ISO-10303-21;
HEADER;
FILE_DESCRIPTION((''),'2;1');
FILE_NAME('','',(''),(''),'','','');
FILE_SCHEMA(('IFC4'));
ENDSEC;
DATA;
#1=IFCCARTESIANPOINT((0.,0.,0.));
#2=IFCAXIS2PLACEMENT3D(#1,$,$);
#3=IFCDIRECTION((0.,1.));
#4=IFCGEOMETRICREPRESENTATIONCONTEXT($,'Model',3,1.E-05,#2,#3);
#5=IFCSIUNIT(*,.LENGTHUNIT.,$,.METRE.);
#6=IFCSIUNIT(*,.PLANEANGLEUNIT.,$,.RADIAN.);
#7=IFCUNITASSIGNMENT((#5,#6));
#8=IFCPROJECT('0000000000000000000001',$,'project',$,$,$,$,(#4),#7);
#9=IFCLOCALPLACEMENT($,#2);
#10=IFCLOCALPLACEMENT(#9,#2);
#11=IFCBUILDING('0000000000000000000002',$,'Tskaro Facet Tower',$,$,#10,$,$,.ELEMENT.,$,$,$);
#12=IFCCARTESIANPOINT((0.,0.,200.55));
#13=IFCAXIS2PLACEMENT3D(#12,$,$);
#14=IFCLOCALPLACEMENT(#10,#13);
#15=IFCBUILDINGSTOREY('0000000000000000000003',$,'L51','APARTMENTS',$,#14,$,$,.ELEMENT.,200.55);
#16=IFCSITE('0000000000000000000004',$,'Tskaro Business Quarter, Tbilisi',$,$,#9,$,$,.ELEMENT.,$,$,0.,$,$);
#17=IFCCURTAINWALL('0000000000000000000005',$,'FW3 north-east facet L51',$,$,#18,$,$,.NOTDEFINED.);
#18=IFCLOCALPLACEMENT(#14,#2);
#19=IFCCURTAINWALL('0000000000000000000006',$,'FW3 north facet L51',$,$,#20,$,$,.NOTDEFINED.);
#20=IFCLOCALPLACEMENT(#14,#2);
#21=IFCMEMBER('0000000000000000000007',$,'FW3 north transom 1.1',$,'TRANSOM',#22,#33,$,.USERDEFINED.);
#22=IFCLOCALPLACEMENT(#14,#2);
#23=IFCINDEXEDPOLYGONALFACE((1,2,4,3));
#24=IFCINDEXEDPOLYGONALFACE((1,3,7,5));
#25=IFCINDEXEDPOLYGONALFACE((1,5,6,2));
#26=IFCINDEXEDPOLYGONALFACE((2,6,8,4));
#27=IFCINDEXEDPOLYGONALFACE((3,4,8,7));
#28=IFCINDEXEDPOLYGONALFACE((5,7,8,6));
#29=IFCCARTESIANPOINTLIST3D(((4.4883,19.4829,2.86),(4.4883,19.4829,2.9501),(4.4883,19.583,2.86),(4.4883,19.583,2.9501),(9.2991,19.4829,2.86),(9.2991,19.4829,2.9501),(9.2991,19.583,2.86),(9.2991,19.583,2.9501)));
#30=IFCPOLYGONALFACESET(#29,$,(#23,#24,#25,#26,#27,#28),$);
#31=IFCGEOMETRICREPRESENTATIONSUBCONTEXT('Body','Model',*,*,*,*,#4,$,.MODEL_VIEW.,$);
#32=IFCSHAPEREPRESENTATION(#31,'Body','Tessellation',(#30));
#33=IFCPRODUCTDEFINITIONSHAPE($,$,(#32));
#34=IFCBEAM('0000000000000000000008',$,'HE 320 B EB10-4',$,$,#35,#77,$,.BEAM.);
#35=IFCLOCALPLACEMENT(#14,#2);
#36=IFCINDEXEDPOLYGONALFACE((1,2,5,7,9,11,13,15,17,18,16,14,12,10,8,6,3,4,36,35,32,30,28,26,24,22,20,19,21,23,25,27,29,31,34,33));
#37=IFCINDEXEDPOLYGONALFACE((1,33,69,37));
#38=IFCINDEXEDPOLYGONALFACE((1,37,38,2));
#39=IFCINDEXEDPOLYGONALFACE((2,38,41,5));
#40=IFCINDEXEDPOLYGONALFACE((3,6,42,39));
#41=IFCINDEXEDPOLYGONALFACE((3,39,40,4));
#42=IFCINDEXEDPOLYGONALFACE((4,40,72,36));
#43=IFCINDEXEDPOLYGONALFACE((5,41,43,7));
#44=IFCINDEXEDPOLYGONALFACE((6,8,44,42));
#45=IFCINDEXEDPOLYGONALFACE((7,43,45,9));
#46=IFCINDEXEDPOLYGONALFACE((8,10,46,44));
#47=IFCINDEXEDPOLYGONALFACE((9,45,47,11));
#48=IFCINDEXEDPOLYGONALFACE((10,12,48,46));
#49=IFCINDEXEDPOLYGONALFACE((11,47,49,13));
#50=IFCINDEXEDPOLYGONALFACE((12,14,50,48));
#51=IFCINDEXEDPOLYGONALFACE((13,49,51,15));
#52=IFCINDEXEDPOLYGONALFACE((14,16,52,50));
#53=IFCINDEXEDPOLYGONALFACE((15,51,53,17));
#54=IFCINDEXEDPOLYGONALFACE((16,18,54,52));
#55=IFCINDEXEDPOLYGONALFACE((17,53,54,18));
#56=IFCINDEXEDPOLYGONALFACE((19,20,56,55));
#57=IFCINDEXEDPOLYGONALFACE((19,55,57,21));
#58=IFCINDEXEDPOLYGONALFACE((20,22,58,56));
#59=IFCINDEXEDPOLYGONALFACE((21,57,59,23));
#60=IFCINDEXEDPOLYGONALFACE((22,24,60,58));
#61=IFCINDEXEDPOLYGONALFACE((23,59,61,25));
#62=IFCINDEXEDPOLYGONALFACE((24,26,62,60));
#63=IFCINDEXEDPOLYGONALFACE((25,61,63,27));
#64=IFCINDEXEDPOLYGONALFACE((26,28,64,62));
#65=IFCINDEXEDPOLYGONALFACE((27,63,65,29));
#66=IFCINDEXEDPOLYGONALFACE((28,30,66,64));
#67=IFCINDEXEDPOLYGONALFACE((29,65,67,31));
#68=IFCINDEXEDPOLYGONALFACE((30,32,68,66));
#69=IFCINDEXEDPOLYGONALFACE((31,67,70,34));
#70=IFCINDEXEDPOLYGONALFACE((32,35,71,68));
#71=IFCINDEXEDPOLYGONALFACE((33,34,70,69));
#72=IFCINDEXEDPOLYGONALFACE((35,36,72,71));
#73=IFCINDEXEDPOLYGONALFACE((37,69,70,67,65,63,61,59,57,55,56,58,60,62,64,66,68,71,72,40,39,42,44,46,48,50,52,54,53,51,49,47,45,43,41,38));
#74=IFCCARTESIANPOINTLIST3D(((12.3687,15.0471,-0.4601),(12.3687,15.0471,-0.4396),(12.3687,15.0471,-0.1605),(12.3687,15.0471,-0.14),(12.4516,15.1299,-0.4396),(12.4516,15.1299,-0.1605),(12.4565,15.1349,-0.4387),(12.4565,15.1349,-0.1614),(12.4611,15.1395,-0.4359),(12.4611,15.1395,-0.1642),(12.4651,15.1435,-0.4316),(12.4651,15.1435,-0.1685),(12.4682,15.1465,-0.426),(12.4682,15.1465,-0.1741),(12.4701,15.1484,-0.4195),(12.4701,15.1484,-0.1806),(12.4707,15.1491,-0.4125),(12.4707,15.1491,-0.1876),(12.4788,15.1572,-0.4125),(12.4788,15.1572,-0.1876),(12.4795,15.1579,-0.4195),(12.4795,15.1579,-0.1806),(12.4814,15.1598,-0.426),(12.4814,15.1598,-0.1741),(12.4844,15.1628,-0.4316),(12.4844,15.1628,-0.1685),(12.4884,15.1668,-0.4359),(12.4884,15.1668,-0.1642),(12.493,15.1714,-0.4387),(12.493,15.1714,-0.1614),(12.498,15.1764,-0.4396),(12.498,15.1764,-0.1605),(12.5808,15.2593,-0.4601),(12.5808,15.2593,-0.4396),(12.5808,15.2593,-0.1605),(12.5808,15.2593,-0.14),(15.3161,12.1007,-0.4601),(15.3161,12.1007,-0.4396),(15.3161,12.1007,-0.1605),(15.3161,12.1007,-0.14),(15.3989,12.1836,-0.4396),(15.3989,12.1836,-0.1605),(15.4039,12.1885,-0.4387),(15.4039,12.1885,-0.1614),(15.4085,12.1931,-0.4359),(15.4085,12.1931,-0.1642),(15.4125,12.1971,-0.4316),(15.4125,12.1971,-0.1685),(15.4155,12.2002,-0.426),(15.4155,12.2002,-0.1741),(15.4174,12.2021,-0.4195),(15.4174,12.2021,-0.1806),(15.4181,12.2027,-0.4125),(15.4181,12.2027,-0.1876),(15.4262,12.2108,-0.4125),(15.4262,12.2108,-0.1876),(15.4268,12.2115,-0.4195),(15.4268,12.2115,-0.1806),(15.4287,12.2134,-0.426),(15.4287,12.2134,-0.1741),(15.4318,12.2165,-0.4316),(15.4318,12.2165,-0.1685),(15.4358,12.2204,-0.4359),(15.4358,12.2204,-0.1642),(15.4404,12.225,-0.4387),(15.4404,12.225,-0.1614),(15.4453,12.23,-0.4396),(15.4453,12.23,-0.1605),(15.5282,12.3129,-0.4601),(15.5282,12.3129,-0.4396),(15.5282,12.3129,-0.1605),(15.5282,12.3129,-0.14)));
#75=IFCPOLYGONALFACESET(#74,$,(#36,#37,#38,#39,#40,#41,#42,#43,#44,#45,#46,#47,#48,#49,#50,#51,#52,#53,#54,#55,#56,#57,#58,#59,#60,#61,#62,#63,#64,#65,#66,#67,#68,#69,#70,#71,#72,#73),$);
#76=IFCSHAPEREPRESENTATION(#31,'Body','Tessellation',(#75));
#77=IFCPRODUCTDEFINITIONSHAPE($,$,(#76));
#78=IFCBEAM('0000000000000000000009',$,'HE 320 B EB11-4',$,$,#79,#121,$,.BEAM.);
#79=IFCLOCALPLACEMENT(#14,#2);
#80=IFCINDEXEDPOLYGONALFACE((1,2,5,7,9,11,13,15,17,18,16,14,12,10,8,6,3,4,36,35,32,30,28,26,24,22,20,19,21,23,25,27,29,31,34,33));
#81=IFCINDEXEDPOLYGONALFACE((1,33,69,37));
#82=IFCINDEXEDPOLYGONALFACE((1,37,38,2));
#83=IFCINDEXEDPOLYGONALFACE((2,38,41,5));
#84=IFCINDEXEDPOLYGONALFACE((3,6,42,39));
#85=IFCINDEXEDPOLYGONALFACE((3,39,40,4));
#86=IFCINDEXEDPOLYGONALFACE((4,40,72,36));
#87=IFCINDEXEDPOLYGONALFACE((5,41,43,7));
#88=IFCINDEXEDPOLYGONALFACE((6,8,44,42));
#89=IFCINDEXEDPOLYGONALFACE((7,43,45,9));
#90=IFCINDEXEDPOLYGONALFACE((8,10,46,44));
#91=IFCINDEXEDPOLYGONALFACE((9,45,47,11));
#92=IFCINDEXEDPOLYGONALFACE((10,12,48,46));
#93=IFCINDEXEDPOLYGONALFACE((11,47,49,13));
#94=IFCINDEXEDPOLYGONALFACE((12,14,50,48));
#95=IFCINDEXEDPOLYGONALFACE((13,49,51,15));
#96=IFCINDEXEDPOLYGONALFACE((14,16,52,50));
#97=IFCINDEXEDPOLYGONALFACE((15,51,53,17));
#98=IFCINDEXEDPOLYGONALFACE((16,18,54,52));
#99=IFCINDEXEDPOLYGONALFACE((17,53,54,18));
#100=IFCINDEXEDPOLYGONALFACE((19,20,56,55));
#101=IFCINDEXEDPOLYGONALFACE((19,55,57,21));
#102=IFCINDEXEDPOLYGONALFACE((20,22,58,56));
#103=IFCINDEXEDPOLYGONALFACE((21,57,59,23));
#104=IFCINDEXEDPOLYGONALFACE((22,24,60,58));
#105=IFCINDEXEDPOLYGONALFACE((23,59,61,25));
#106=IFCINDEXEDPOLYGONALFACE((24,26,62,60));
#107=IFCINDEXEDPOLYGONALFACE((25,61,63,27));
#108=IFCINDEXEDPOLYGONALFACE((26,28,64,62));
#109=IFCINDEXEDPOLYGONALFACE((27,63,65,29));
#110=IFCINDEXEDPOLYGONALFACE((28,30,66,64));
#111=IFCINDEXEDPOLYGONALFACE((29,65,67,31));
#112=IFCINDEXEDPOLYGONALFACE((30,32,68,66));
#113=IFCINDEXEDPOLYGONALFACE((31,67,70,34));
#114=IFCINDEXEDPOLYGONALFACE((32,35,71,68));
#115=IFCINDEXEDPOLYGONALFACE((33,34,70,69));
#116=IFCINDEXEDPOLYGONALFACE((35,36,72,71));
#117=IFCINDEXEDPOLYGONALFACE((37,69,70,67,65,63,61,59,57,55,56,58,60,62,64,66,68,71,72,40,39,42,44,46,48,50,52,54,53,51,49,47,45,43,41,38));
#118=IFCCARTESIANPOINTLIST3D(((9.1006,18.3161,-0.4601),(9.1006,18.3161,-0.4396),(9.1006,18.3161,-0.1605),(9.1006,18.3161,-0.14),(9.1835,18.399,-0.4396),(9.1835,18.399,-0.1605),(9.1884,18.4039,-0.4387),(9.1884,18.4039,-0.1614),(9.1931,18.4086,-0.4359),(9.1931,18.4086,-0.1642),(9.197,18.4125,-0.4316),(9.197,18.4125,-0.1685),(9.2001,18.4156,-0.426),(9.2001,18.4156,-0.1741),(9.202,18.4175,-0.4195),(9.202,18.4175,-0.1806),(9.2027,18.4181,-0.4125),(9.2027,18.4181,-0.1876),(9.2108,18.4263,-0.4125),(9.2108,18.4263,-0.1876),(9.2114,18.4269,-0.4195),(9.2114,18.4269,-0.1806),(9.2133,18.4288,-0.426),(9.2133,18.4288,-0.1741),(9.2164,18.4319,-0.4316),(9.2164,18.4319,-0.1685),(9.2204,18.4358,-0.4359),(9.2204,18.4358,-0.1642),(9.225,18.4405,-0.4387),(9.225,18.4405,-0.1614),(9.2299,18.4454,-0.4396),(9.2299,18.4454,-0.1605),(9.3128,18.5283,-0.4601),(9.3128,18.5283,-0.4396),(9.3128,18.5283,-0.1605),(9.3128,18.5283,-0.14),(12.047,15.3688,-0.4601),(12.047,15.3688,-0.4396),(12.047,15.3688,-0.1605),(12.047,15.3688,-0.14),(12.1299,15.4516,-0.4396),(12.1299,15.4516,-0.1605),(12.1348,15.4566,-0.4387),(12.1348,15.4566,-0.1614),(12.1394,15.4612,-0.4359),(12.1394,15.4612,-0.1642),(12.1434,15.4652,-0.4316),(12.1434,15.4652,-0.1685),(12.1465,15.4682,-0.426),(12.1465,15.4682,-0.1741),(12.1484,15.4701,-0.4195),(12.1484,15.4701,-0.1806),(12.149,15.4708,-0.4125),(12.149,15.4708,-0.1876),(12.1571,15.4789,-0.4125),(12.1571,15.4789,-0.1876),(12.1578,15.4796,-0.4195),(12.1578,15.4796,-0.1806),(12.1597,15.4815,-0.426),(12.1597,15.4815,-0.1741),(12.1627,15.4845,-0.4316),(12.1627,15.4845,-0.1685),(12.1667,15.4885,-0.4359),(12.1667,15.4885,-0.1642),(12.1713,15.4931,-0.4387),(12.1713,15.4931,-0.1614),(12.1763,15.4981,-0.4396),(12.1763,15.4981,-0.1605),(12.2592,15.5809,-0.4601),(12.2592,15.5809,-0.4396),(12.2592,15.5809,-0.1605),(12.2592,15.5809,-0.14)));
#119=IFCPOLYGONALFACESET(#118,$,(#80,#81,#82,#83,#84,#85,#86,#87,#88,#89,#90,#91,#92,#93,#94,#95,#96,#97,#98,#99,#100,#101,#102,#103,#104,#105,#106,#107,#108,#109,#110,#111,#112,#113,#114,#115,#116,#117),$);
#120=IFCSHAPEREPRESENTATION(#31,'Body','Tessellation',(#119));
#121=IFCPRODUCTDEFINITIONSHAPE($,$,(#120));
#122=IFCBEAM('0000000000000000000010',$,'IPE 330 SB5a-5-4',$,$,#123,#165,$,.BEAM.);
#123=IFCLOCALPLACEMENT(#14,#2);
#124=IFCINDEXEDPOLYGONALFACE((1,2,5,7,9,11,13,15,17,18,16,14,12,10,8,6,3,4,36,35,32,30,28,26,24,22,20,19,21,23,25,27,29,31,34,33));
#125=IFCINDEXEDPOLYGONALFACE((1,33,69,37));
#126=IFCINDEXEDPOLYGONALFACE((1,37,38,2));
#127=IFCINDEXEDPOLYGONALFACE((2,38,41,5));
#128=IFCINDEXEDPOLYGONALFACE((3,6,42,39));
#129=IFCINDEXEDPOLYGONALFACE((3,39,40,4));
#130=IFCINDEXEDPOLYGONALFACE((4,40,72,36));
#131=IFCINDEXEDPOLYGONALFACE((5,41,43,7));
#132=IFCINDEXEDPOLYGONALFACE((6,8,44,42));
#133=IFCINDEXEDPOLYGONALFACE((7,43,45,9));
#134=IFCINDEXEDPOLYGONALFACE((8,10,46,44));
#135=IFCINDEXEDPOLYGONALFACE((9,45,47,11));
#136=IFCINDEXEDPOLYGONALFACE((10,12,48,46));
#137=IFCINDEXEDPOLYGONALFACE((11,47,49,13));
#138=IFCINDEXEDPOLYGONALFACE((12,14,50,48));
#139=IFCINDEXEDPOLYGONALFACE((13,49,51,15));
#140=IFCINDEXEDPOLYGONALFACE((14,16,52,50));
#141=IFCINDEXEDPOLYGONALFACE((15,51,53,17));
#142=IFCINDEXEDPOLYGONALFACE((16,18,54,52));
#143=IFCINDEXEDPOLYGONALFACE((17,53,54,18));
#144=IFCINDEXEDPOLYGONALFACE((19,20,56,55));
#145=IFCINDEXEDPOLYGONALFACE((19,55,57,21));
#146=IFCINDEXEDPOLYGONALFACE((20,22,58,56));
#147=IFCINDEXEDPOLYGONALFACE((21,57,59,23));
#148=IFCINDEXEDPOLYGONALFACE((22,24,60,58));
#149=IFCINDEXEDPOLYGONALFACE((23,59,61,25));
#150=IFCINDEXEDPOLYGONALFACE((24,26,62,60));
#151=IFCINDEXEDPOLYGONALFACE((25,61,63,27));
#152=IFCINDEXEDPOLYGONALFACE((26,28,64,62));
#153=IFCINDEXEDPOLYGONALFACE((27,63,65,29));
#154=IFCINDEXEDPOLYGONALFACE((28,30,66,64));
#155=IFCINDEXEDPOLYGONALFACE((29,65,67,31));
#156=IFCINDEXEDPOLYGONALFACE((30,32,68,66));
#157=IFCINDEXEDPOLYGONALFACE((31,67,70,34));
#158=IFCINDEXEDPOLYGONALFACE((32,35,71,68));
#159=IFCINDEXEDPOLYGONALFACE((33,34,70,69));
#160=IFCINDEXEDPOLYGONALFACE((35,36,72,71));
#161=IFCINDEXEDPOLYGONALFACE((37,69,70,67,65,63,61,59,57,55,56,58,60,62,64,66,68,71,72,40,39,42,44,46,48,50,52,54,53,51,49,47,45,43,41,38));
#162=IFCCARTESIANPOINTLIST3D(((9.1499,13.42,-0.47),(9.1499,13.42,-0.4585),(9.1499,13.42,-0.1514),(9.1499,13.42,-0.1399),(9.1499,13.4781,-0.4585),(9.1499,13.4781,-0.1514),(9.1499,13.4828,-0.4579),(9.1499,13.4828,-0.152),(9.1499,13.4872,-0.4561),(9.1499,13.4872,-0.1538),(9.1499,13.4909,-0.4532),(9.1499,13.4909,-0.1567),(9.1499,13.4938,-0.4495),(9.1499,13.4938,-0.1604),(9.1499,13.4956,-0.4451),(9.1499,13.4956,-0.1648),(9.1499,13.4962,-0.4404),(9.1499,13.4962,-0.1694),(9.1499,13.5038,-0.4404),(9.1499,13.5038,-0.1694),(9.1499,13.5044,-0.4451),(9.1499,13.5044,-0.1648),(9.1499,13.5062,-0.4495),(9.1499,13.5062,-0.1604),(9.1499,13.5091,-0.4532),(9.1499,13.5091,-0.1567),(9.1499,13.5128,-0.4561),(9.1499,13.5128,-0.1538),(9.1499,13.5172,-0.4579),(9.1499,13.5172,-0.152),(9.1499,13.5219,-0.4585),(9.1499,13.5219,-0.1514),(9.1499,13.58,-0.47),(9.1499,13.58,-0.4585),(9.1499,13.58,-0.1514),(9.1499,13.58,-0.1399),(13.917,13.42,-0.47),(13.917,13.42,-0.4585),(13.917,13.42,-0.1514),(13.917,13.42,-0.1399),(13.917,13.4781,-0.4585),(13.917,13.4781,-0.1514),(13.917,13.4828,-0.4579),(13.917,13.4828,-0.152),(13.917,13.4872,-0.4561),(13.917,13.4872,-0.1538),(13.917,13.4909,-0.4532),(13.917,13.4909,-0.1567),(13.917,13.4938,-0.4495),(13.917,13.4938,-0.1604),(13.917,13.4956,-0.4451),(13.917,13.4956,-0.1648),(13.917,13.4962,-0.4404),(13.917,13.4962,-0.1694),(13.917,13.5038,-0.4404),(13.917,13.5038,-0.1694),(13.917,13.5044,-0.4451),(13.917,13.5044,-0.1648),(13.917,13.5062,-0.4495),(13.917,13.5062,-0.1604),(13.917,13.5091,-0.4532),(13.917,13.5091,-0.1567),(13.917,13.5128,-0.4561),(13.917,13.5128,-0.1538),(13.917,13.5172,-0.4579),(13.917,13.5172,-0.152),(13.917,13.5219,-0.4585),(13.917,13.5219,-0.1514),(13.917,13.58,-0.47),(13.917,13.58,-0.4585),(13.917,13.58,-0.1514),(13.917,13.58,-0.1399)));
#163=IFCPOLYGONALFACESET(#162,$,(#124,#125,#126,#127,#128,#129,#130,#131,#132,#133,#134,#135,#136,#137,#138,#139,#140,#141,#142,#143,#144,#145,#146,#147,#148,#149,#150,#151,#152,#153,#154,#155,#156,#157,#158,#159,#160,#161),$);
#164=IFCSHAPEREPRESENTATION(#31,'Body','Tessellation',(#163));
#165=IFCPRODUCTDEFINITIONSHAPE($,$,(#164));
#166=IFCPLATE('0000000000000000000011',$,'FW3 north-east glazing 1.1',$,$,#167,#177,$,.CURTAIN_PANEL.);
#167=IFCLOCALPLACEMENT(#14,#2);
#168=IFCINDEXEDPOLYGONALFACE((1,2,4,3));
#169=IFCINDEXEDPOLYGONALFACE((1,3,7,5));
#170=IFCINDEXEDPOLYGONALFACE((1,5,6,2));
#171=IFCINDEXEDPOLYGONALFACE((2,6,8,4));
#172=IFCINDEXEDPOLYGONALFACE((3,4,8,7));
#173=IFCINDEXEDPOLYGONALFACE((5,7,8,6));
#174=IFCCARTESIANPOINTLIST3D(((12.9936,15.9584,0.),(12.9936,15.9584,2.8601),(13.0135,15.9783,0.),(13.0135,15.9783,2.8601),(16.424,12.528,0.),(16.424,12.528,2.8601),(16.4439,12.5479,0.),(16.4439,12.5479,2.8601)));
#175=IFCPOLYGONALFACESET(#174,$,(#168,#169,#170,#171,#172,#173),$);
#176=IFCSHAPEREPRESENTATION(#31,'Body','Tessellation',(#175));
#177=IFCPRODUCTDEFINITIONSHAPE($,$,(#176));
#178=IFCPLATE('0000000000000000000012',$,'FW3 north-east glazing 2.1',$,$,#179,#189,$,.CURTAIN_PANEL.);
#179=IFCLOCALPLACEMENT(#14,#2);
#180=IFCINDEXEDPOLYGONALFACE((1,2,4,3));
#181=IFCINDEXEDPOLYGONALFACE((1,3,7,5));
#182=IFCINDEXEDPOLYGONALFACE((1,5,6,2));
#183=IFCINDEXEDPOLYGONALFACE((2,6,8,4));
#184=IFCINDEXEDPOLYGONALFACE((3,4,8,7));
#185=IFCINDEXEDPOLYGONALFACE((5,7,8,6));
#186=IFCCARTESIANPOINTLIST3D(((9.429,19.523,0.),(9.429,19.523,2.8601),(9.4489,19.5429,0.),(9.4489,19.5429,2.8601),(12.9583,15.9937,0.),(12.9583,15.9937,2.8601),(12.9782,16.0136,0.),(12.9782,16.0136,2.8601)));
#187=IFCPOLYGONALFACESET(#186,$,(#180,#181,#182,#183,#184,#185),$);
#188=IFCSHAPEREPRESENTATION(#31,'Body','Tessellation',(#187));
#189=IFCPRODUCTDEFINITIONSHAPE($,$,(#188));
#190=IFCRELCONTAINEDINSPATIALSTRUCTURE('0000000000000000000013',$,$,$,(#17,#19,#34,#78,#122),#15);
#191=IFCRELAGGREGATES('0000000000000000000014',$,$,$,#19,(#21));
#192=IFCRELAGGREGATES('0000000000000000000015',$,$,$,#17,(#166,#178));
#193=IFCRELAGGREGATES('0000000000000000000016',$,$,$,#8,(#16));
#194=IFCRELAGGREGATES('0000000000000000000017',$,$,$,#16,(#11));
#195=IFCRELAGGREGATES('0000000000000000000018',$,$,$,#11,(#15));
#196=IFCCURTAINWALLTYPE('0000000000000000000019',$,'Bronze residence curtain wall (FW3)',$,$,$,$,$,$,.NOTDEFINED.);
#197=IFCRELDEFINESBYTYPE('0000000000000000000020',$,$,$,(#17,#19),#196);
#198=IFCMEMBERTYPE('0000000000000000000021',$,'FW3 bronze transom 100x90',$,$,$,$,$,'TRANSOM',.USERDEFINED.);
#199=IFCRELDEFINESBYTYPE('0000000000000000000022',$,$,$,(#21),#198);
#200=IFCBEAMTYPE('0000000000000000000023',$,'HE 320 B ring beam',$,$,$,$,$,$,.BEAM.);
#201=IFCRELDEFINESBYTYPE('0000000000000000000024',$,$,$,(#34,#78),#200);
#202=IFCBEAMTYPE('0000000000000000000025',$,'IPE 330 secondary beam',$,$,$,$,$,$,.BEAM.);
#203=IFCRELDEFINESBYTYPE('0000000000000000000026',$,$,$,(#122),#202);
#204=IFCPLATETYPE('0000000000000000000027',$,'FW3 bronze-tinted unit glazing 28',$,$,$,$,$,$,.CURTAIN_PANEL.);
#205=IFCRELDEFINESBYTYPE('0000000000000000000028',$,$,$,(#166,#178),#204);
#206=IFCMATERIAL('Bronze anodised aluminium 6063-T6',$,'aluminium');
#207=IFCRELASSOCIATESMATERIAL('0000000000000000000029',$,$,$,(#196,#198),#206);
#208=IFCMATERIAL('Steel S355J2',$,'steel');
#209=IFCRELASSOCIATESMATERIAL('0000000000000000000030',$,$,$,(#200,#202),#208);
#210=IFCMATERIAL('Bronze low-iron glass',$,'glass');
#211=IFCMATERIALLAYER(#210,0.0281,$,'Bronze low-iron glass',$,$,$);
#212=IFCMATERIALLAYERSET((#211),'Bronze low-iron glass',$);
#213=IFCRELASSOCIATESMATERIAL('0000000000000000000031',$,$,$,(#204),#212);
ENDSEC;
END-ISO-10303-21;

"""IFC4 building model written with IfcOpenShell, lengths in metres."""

from ifc_helpers import new_model, si_unit, direction, frame, origin, origin_2d, place, context, subcontext, project, spatial, rectangle, i_section, extrude, material, layer, layer_set, material_profile, profile_set, type_object, element, aggregate, save


model = new_model("IFC4")

# Units and contexts
model_context = context("Model", 3, precision=1e-05, world=origin(), true_north=direction((0.0, 1.0)))
body_context = subcontext(model_context, "Body", "Model", "MODEL_VIEW")
ifc_project = project(units=[si_unit("LENGTHUNIT", "METRE"), si_unit("PLANEANGLEUNIT", "RADIAN")], contexts=[model_context])

# Site, building, storey
site_placement = place(None, origin())
site = spatial("IfcSite", under=ifc_project, at=site_placement, Name="Tskaro Business Quarter, Tbilisi", CompositionType="ELEMENT", RefElevation=0.0)
building_placement = place(site_placement, origin())
building = spatial("IfcBuilding", under=site, at=building_placement, Name="Tskaro Facet Tower", CompositionType="ELEMENT")
storey_placement = place(building_placement, frame((0.0, 0.0, 200.55)))
storey = spatial("IfcBuildingStorey", under=building, at=storey_placement, Name="L51", Description="APARTMENTS", CompositionType="ELEMENT", Elevation=200.55)

# Curtain walls
ifc_material_1 = material(Name="Bronze anodised aluminium 6063-T6", Category="aluminium")
curtain_wall_type = type_object("IfcCurtainWallType", Name="Bronze residence curtain wall (FW3)", PredefinedType="NOTDEFINED", material=ifc_material_1)
curtain_wall_1_placement = place(storey_placement, origin())
curtain_wall_1 = element("IfcCurtainWall", 1, at=curtain_wall_1_placement, inside=storey, type_object=curtain_wall_type, Name="FW3 north-east facet L51", PredefinedType="NOTDEFINED")
curtain_wall_2_placement = place(storey_placement, origin())
curtain_wall_2 = element("IfcCurtainWall", 2, at=curtain_wall_2_placement, inside=storey, type_object=curtain_wall_type, Name="FW3 north facet L51", PredefinedType="NOTDEFINED")

# Member
ifc_material_profile_1 = material_profile(ifc_material_1, rectangle(XDim=0.1001, YDim=0.0901, at=origin_2d()), Name="Transom 100x90")
ifc_profile_set_1 = profile_set([ifc_material_profile_1], Name="Bronze anodised aluminium 6063-T6")
member_type_1 = type_object("IfcMemberType", Name="FW3 bronze transom 100x90", ElementType="TRANSOM", PredefinedType="USERDEFINED", material=ifc_profile_set_1)
member_1_placement = place(storey_placement, frame((9.2991, 19.533, 2.905), z_axis=(-1.0, 0.0, 0.0), x_axis=(0.0, -1.0, 0.0)))
member_1 = element("IfcMember", 3, at=member_1_placement, type_object=member_type_1, Name="FW3 north transom 1.1", ObjectType="TRANSOM", PredefinedType="USERDEFINED", context=body_context, shape_type="SweptSolid", body=[
    extrude(rectangle(XDim=0.1001, YDim=0.0901, at=origin_2d()), origin(), (0.0, 0.0, 1.0), 4.8108),
])
aggregate(curtain_wall_2, [member_1])

# Beams
ifc_material_2 = material(Name="Steel S355J2", Category="steel")
ifc_material_profile_2 = material_profile(ifc_material_2, i_section(OverallWidth=0.3, OverallDepth=0.3201, WebThickness=0.0115, FlangeThickness=0.0205, FilletRadius=0.0271, at=origin_2d()), Name="HE 320 B")
ifc_profile_set_2 = profile_set([ifc_material_profile_2], Name="Steel S355J2")
beam_type_1 = type_object("IfcBeamType", Name="HE 320 B ring beam", PredefinedType="BEAM", material=ifc_profile_set_2)
for number, where, z_axis, x_axis, name in (
    (4, (15.4221, 12.2068, -0.3), (-0.707224, 0.70699, 0.0), (-0.70699, -0.707224, 0.0), "HE 320 B EB10-4"),
    (5, (12.1531, 15.4749, -0.3), (-0.70699, 0.707224, 0.0), (-0.707224, -0.70699, 0.0), "HE 320 B EB11-4"),
):
    element("IfcBeam", number, at=place(storey_placement, frame(where, z_axis=z_axis, x_axis=x_axis)), inside=storey, type_object=beam_type_1, Name=name, PredefinedType="BEAM", context=body_context, shape_type="SweptSolid", body=[
        extrude(i_section(OverallWidth=0.3, OverallDepth=0.3201, WebThickness=0.0115, FlangeThickness=0.0205, FilletRadius=0.0271, at=origin_2d()), origin(), (0.0, 0.0, 1.0), 4.1675),
    ])
ifc_material_profile_3 = material_profile(ifc_material_2, i_section(OverallWidth=0.1599, OverallDepth=0.3301, WebThickness=0.0076, FlangeThickness=0.0115, FilletRadius=0.0181, at=origin_2d()), Name="IPE 330")
ifc_profile_set_3 = profile_set([ifc_material_profile_3], Name="Steel S355J2")
beam_type_2 = type_object("IfcBeamType", Name="IPE 330 secondary beam", PredefinedType="BEAM", material=ifc_profile_set_3)
beam_placement = place(storey_placement, frame((9.1499, 13.5, -0.3049), z_axis=(1.0, 0.0, 0.0), x_axis=(0.0, 1.0, 0.0)))
element("IfcBeam", 6, at=beam_placement, inside=storey, type_object=beam_type_2, Name="IPE 330 SB5a-5-4", PredefinedType="BEAM", context=body_context, shape_type="SweptSolid", body=[
    extrude(i_section(OverallWidth=0.1599, OverallDepth=0.3301, WebThickness=0.0076, FlangeThickness=0.0115, FilletRadius=0.0181, at=origin_2d()), origin(), (0.0, 0.0, 1.0), 4.7671),
])

# Plates
ifc_material_3 = material(Name="Bronze low-iron glass", Category="glass")
ifc_layer_1 = layer(ifc_material_3, 0.0281, Name="Bronze low-iron glass")
ifc_layer_set_1 = layer_set([ifc_layer_1], Name="Bronze low-iron glass")
plate_type = type_object("IfcPlateType", Name="FW3 bronze-tinted unit glazing 28", PredefinedType="CURTAIN_PANEL", material=ifc_layer_set_1)
plate_1_placement = place(storey_placement, frame((14.7188, 14.2532, 0.0), z_axis=(0.0, 0.0, 1.0), x_axis=(-0.707107, 0.707107, 0.0)))
plate_1 = element("IfcPlate", 7, at=plate_1_placement, type_object=plate_type, Name="FW3 north-east glazing 1.1", PredefinedType="CURTAIN_PANEL", context=body_context, shape_type="SweptSolid", body=[
    extrude(rectangle(XDim=4.8513, YDim=0.0281, at=origin_2d()), origin(), (0.0, 0.0, 1.0), 2.8601),
])
plate_2_placement = place(storey_placement, frame((11.2036, 17.7683, 0.0), z_axis=(0.0, 0.0, 1.0), x_axis=(-0.707107, 0.707107, 0.0)))
plate_2 = element("IfcPlate", 8, at=plate_2_placement, type_object=plate_type, Name="FW3 north-east glazing 2.1", PredefinedType="CURTAIN_PANEL", context=body_context, shape_type="SweptSolid", body=[
    extrude(rectangle(XDim=4.9912, YDim=0.0281, at=origin_2d()), origin(), (0.0, 0.0, 1.0), 2.8601),
])
aggregate(curtain_wall_1, [plate_1, plate_2])

save(model, "model.ifc")
